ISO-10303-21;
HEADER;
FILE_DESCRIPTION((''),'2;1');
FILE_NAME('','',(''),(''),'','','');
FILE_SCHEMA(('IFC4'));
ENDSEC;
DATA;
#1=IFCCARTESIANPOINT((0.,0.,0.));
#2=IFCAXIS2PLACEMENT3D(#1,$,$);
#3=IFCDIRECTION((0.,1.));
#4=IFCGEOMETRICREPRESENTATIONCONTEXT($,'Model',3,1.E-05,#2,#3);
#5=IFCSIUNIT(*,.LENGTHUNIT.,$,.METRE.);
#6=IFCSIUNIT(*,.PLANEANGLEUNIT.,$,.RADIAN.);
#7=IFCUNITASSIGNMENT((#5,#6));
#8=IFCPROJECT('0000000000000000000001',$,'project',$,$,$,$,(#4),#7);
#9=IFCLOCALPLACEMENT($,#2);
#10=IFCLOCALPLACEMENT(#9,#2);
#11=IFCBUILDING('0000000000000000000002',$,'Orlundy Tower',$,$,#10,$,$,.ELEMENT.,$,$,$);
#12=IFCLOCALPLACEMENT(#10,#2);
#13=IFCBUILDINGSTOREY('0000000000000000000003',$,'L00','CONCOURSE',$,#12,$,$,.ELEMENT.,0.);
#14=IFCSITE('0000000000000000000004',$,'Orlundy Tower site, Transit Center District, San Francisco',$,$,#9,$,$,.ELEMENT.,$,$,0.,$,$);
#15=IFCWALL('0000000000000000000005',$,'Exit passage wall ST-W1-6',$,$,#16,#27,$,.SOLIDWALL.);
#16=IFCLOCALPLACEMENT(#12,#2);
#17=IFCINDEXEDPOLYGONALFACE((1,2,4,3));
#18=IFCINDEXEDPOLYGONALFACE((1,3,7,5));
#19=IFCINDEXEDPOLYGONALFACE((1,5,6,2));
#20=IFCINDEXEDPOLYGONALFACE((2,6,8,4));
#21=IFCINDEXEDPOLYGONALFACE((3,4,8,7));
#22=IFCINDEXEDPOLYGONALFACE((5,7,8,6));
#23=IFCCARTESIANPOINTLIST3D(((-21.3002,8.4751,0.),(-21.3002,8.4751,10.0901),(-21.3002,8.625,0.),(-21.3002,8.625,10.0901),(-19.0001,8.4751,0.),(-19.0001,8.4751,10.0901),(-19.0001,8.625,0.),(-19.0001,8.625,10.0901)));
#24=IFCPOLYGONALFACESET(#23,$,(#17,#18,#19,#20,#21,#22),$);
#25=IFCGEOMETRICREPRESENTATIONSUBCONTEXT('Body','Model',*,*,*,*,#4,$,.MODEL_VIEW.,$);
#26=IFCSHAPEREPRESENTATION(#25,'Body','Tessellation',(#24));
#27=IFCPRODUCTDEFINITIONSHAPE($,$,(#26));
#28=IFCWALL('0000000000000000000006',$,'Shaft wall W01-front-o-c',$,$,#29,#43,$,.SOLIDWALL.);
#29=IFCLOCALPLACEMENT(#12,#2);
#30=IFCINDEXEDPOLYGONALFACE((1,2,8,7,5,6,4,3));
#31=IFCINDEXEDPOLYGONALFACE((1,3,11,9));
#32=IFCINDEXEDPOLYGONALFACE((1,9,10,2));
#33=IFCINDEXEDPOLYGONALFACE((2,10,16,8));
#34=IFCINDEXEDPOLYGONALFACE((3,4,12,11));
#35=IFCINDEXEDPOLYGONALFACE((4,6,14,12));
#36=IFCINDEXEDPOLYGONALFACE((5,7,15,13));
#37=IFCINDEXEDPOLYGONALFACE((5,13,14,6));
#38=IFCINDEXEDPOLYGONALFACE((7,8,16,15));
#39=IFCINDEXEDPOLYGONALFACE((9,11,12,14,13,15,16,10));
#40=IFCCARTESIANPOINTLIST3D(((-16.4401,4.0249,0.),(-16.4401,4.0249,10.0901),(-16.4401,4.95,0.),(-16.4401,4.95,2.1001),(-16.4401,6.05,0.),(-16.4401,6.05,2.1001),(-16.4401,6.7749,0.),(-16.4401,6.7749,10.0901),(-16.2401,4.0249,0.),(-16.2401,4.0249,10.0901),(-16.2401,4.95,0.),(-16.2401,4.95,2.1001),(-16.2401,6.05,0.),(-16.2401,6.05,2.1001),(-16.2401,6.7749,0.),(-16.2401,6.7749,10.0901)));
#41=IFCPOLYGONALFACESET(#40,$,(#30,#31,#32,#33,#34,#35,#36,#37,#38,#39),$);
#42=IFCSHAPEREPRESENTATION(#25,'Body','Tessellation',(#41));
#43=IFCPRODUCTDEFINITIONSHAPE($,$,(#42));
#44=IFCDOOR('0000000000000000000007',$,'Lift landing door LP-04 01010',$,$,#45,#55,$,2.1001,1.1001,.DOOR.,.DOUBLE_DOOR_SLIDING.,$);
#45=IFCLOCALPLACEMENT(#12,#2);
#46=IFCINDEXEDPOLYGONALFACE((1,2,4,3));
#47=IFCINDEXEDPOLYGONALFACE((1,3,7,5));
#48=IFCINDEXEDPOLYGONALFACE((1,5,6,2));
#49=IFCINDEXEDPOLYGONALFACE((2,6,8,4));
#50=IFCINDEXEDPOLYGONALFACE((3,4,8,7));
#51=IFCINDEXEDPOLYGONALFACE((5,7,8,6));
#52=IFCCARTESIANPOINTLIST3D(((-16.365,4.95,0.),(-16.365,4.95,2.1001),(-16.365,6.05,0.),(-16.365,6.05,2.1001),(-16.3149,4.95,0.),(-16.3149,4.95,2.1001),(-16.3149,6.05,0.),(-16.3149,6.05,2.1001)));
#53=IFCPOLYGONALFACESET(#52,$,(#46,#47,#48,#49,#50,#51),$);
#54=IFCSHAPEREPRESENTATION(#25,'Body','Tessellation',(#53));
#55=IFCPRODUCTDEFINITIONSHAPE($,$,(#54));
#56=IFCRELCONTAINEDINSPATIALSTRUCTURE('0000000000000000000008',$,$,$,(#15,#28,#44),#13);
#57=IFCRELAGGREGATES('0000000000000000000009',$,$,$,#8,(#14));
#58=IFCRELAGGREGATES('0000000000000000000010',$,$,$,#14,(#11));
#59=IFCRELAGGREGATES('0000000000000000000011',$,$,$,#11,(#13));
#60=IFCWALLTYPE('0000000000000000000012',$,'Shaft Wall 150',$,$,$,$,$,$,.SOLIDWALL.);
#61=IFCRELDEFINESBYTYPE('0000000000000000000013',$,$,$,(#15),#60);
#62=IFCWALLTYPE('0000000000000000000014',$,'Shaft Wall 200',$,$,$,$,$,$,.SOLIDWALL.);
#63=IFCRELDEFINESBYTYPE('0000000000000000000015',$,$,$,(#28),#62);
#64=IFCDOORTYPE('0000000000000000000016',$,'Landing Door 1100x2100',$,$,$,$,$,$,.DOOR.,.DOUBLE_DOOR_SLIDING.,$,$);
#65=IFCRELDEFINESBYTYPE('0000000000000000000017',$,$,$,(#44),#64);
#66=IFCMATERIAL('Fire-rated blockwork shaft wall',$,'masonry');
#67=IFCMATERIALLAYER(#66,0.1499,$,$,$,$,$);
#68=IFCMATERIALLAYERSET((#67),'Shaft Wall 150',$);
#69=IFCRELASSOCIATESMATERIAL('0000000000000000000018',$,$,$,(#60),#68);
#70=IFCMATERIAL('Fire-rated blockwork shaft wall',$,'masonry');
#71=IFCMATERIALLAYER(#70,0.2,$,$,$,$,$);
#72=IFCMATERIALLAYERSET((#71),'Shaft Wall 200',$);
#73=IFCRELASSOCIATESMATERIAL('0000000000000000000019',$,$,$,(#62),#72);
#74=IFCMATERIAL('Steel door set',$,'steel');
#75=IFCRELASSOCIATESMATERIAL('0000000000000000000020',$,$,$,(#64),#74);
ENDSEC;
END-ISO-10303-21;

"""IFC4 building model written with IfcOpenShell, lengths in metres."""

from ifc_helpers import new_model, si_unit, direction, frame, frame_2d, origin, place, context, subcontext, project, spatial, rectangle, extrude, material, layer, layer_set, type_object, element, fill, save


model = new_model("IFC4")

# Units and contexts
model_context = context("Model", 3, precision=1e-05, world=origin(), true_north=direction((0.0, 1.0)))
body_context = subcontext(model_context, "Body", "Model", "MODEL_VIEW")
ifc_project = project(units=[si_unit("LENGTHUNIT", "METRE"), si_unit("PLANEANGLEUNIT", "RADIAN")], contexts=[model_context])

# Site, building, storey
site_placement = place(None, origin())
site = spatial("IfcSite", under=ifc_project, at=site_placement, Name="Orlundy Tower site, Transit Center District, San Francisco", CompositionType="ELEMENT", RefElevation=0.0)
building_placement = place(site_placement, origin())
building = spatial("IfcBuilding", under=site, at=building_placement, Name="Orlundy Tower", CompositionType="ELEMENT")
storey_placement = place(building_placement, origin())
storey = spatial("IfcBuildingStorey", under=building, at=storey_placement, Name="L00", Description="CONCOURSE", CompositionType="ELEMENT", Elevation=0.0)

# Wall
ifc_material_1 = material(Name="Fire-rated blockwork shaft wall", Category="masonry")
ifc_layer_1 = layer(ifc_material_1, 0.1499)
ifc_layer_set_1 = layer_set([ifc_layer_1], Name="Shaft Wall 150")
wall_type_1 = type_object("IfcWallType", Name="Shaft Wall 150", PredefinedType="SOLIDWALL", material=ifc_layer_set_1)
wall_1_placement = place(storey_placement, frame((-21.3, 8.55, 0.0), z_axis=(0.0, 0.0, 1.0), x_axis=(1.0, 0.0, 0.0)))
element("IfcWall", 1, at=wall_1_placement, inside=storey, type_object=wall_type_1, Name="Exit passage wall ST-W1-6", PredefinedType="SOLIDWALL", context=body_context, shape_type="SweptSolid", body=[
    extrude(rectangle(XDim=2.3, YDim=0.1499, at=frame_2d((1.1499, 0.0))), origin(), (0.0, 0.0, 1.0), 10.0901),
])

# Wall, opening, door
ifc_material_2 = material(Name="Fire-rated blockwork shaft wall", Category="masonry")
ifc_layer_2 = layer(ifc_material_2, 0.2)
ifc_layer_set_2 = layer_set([ifc_layer_2], Name="Shaft Wall 200")
wall_type_2 = type_object("IfcWallType", Name="Shaft Wall 200", PredefinedType="SOLIDWALL", material=ifc_layer_set_2)
wall_2_placement = place(storey_placement, frame((-16.3401, 4.0249, 0.0), z_axis=(0.0, 0.0, 1.0), x_axis=(0.0, 1.0, 0.0)))
wall_2 = element("IfcWall", 2, at=wall_2_placement, inside=storey, type_object=wall_type_2, Name="Shaft wall W01-front-o-c", PredefinedType="SOLIDWALL", context=body_context, shape_type="SweptSolid", body=[
    extrude(rectangle(XDim=2.75, YDim=0.2, at=frame_2d((1.375, 0.0))), origin(), (0.0, 0.0, 1.0), 10.0901),
])
opening_1_placement = place(wall_2_placement, frame((0.925, 0.0, 0.0)))
opening_1 = element("IfcOpeningElement", 3, at=opening_1_placement, cuts=wall_2, PredefinedType="OPENING", context=body_context, shape_type="SweptSolid", body=[
    extrude(rectangle(XDim=1.1001, YDim=2.1001, at=frame_2d((0.55, 1.05))), frame((0.0, 0.1101, 0.0), z_axis=(0.0, -1.0, 0.0), x_axis=(1.0, 0.0, 0.0)), (0.0, 0.0, 1.0), 0.2202),
])
ifc_material_3 = material(Name="Steel door set", Category="steel")
door_type_1 = type_object("IfcDoorType", Name="Landing Door 1100x2100", OperationType="DOUBLE_DOOR_SLIDING", PredefinedType="DOOR", material=ifc_material_3)
door_1_placement = place(opening_1_placement, origin())
door_1 = element("IfcDoor", 4, at=door_1_placement, inside=storey, type_object=door_type_1, Name="Lift landing door LP-04 01010", OperationType="DOUBLE_DOOR_SLIDING", OverallHeight=2.1001, OverallWidth=1.1001, PredefinedType="DOOR", context=body_context, shape_type="SweptSolid", body=[
    extrude(rectangle(XDim=1.1001, YDim=2.1001, at=frame_2d((0.55, 1.05))), frame((0.0, 0.0249, 0.0), z_axis=(0.0, -1.0, 0.0), x_axis=(1.0, 0.0, 0.0)), (0.0, 0.0, 1.0), 0.05),
])
fill(opening_1, door_1)

save(model, "model.ifc")
